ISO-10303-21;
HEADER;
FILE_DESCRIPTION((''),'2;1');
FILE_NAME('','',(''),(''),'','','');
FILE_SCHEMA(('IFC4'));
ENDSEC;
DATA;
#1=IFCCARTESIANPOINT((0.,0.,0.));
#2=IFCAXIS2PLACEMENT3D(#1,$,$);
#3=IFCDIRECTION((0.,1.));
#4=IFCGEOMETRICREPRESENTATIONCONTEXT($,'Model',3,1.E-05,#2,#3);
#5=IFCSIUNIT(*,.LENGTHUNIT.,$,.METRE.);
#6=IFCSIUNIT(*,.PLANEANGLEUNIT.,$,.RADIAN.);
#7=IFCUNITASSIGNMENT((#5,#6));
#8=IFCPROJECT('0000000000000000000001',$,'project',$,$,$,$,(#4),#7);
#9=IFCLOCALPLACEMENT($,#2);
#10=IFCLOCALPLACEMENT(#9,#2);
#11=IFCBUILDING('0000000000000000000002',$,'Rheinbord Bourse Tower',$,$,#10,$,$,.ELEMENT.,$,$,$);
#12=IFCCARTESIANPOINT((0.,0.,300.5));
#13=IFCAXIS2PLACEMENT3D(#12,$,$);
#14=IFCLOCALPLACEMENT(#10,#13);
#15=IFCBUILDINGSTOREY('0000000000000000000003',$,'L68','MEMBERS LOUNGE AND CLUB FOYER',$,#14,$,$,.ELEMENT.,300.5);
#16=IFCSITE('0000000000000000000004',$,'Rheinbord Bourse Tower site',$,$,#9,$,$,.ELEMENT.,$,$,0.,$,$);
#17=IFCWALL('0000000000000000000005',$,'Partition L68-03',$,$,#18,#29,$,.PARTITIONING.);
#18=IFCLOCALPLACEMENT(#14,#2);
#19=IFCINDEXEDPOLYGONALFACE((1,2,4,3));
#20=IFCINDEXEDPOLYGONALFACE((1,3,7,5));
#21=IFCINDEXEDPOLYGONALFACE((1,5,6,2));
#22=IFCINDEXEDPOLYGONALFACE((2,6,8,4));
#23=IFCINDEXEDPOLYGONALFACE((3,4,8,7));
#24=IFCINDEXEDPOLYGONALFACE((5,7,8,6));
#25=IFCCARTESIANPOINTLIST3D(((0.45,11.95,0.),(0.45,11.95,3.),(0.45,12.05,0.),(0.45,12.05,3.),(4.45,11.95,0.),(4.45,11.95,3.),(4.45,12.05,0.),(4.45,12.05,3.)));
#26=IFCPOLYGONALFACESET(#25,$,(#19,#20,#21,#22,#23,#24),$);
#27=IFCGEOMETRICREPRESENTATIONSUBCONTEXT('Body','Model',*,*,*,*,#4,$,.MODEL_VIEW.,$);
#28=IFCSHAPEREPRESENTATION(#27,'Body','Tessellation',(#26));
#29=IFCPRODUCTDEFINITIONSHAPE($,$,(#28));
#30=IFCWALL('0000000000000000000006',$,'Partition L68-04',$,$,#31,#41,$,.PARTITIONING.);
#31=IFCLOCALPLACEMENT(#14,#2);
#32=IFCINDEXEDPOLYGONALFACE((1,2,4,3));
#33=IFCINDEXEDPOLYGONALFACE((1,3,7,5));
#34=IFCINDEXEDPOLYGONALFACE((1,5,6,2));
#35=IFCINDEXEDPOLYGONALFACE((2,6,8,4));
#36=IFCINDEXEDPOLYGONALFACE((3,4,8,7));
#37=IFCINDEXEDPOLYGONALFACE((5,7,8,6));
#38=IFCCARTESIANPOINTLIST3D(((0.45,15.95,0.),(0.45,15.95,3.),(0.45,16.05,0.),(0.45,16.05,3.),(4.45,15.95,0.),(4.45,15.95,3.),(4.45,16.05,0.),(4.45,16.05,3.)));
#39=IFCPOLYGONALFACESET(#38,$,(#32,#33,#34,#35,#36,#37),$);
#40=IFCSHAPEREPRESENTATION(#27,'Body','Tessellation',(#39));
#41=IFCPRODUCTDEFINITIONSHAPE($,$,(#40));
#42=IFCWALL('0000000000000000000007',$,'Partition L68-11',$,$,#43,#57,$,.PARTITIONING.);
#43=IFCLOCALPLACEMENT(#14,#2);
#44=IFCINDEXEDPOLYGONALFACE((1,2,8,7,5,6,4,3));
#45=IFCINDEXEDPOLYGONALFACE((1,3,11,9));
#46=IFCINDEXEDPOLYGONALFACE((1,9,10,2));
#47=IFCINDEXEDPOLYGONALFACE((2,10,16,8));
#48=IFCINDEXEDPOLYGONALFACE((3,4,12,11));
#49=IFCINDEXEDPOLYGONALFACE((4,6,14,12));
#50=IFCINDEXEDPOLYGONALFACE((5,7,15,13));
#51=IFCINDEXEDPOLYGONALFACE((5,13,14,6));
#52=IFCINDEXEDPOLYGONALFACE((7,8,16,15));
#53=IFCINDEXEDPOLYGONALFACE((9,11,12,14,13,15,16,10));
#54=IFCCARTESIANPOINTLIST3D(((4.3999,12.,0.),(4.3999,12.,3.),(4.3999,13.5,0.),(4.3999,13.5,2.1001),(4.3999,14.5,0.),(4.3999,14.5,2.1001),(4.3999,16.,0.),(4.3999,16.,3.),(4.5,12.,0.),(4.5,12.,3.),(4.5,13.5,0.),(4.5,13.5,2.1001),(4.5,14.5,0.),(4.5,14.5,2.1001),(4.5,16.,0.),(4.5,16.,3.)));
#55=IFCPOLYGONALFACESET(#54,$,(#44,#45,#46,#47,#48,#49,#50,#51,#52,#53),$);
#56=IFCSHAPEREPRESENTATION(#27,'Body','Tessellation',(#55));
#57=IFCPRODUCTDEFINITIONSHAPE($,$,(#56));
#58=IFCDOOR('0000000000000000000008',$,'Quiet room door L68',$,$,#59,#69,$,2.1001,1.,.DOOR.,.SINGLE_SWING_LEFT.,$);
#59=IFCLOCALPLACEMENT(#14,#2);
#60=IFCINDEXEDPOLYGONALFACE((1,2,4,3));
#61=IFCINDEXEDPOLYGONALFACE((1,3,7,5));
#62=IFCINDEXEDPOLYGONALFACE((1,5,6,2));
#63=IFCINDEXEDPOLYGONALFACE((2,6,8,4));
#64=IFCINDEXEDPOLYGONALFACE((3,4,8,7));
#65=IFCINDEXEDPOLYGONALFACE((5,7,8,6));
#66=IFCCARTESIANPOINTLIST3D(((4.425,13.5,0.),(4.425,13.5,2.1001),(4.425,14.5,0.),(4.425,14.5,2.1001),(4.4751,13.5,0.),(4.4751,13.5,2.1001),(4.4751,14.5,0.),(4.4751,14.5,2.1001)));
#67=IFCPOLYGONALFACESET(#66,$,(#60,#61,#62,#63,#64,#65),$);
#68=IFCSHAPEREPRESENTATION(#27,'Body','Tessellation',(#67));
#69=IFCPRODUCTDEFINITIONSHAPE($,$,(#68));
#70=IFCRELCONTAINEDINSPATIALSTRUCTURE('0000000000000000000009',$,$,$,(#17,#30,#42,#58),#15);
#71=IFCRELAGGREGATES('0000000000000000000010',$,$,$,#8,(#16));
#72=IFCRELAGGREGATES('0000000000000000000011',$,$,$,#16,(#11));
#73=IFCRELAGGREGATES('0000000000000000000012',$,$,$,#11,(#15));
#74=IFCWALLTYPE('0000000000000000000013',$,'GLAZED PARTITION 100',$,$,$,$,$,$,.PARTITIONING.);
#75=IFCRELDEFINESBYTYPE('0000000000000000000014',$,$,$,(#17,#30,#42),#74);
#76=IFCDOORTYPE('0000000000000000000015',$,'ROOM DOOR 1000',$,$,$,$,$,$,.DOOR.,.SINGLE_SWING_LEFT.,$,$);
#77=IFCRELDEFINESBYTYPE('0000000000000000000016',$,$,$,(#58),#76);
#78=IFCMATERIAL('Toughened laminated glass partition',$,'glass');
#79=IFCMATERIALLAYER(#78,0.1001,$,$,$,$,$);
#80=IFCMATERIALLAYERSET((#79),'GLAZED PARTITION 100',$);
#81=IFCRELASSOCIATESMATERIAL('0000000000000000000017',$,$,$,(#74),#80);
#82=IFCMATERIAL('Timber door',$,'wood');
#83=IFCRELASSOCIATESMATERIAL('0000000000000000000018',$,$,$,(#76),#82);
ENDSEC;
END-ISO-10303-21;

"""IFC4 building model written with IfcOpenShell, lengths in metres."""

from ifc_helpers import new_model, si_unit, direction, frame, frame_2d, origin, place, context, subcontext, project, spatial, rectangle, extrude, material, layer, layer_set, type_object, element, fill, save


model = new_model("IFC4")

# Units and contexts
model_context = context("Model", 3, precision=1e-05, world=origin(), true_north=direction((0.0, 1.0)))
body_context = subcontext(model_context, "Body", "Model", "MODEL_VIEW")
ifc_project = project(units=[si_unit("LENGTHUNIT", "METRE"), si_unit("PLANEANGLEUNIT", "RADIAN")], contexts=[model_context])

# Site, building, storey
site_placement = place(None, origin())
site = spatial("IfcSite", under=ifc_project, at=site_placement, Name="Rheinbord Bourse Tower site", CompositionType="ELEMENT", RefElevation=0.0)
building_placement = place(site_placement, origin())
building = spatial("IfcBuilding", under=site, at=building_placement, Name="Rheinbord Bourse Tower", CompositionType="ELEMENT")
storey_placement = place(building_placement, frame((0.0, 0.0, 300.5)))
storey = spatial("IfcBuildingStorey", under=building, at=storey_placement, Name="L68", Description="MEMBERS LOUNGE AND CLUB FOYER", CompositionType="ELEMENT", Elevation=300.5)

# Walls
ifc_material_1 = material(Name="Toughened laminated glass partition", Category="glass")
ifc_layer_1 = layer(ifc_material_1, 0.1001)
ifc_layer_set_1 = layer_set([ifc_layer_1], Name="GLAZED PARTITION 100")
wall_type = type_object("IfcWallType", Name="GLAZED PARTITION 100", PredefinedType="PARTITIONING", material=ifc_layer_set_1)
for number, where, z_axis, x_axis, name in (
    (1, (0.45, 12.0, 0.0), (0.0, 0.0, 1.0), (1.0, 0.0, 0.0), "Partition L68-03"),
    (2, (0.45, 16.0, 0.0), (0.0, 0.0, 1.0), (1.0, 0.0, 0.0), "Partition L68-04"),
):
    element("IfcWall", number, at=place(storey_placement, frame(where, z_axis=z_axis, x_axis=x_axis)), inside=storey, type_object=wall_type, Name=name, PredefinedType="PARTITIONING", context=body_context, shape_type="SweptSolid", body=[
        extrude(rectangle(XDim=4.0, YDim=0.1001, at=frame_2d((2.0, 0.0))), origin(), (0.0, 0.0, 1.0), 3.0),
    ])

# Wall, opening, door
wall_placement = place(storey_placement, frame((4.45, 12.0, 0.0), z_axis=(0.0, 0.0, 1.0), x_axis=(0.0, 1.0, 0.0)))
wall = element("IfcWall", 3, at=wall_placement, inside=storey, type_object=wall_type, Name="Partition L68-11", PredefinedType="PARTITIONING", context=body_context, shape_type="SweptSolid", body=[
    extrude(rectangle(XDim=4.0, YDim=0.1001, at=frame_2d((2.0, 0.0))), origin(), (0.0, 0.0, 1.0), 3.0),
])
opening_placement = place(wall_placement, frame((1.5, 0.0, 0.0)))
opening = element("IfcOpeningElement", 4, at=opening_placement, cuts=wall, PredefinedType="OPENING", context=body_context, shape_type="SweptSolid", body=[
    extrude(rectangle(XDim=1.0, YDim=2.1001, at=frame_2d((0.5, 1.05))), frame((0.0, 0.0601, 0.0), z_axis=(0.0, -1.0, 0.0), x_axis=(1.0, 0.0, 0.0)), (0.0, 0.0, 1.0), 0.1201),
])
ifc_material_2 = material(Name="Timber door", Category="wood")
door_type = type_object("IfcDoorType", Name="ROOM DOOR 1000", OperationType="SINGLE_SWING_LEFT", PredefinedType="DOOR", material=ifc_material_2)
door_placement = place(opening_placement, origin())
door = element("IfcDoor", 5, at=door_placement, inside=storey, type_object=door_type, Name="Quiet room door L68", OperationType="SINGLE_SWING_LEFT", OverallHeight=2.1001, OverallWidth=1.0, PredefinedType="DOOR", context=body_context, shape_type="SweptSolid", body=[
    extrude(rectangle(XDim=1.0, YDim=2.1001, at=frame_2d((0.5, 1.05))), frame((0.0, 0.0249, 0.0), z_axis=(0.0, -1.0, 0.0), x_axis=(1.0, 0.0, 0.0)), (0.0, 0.0, 1.0), 0.05),
])
fill(opening, door)

save(model, "model.ifc")
